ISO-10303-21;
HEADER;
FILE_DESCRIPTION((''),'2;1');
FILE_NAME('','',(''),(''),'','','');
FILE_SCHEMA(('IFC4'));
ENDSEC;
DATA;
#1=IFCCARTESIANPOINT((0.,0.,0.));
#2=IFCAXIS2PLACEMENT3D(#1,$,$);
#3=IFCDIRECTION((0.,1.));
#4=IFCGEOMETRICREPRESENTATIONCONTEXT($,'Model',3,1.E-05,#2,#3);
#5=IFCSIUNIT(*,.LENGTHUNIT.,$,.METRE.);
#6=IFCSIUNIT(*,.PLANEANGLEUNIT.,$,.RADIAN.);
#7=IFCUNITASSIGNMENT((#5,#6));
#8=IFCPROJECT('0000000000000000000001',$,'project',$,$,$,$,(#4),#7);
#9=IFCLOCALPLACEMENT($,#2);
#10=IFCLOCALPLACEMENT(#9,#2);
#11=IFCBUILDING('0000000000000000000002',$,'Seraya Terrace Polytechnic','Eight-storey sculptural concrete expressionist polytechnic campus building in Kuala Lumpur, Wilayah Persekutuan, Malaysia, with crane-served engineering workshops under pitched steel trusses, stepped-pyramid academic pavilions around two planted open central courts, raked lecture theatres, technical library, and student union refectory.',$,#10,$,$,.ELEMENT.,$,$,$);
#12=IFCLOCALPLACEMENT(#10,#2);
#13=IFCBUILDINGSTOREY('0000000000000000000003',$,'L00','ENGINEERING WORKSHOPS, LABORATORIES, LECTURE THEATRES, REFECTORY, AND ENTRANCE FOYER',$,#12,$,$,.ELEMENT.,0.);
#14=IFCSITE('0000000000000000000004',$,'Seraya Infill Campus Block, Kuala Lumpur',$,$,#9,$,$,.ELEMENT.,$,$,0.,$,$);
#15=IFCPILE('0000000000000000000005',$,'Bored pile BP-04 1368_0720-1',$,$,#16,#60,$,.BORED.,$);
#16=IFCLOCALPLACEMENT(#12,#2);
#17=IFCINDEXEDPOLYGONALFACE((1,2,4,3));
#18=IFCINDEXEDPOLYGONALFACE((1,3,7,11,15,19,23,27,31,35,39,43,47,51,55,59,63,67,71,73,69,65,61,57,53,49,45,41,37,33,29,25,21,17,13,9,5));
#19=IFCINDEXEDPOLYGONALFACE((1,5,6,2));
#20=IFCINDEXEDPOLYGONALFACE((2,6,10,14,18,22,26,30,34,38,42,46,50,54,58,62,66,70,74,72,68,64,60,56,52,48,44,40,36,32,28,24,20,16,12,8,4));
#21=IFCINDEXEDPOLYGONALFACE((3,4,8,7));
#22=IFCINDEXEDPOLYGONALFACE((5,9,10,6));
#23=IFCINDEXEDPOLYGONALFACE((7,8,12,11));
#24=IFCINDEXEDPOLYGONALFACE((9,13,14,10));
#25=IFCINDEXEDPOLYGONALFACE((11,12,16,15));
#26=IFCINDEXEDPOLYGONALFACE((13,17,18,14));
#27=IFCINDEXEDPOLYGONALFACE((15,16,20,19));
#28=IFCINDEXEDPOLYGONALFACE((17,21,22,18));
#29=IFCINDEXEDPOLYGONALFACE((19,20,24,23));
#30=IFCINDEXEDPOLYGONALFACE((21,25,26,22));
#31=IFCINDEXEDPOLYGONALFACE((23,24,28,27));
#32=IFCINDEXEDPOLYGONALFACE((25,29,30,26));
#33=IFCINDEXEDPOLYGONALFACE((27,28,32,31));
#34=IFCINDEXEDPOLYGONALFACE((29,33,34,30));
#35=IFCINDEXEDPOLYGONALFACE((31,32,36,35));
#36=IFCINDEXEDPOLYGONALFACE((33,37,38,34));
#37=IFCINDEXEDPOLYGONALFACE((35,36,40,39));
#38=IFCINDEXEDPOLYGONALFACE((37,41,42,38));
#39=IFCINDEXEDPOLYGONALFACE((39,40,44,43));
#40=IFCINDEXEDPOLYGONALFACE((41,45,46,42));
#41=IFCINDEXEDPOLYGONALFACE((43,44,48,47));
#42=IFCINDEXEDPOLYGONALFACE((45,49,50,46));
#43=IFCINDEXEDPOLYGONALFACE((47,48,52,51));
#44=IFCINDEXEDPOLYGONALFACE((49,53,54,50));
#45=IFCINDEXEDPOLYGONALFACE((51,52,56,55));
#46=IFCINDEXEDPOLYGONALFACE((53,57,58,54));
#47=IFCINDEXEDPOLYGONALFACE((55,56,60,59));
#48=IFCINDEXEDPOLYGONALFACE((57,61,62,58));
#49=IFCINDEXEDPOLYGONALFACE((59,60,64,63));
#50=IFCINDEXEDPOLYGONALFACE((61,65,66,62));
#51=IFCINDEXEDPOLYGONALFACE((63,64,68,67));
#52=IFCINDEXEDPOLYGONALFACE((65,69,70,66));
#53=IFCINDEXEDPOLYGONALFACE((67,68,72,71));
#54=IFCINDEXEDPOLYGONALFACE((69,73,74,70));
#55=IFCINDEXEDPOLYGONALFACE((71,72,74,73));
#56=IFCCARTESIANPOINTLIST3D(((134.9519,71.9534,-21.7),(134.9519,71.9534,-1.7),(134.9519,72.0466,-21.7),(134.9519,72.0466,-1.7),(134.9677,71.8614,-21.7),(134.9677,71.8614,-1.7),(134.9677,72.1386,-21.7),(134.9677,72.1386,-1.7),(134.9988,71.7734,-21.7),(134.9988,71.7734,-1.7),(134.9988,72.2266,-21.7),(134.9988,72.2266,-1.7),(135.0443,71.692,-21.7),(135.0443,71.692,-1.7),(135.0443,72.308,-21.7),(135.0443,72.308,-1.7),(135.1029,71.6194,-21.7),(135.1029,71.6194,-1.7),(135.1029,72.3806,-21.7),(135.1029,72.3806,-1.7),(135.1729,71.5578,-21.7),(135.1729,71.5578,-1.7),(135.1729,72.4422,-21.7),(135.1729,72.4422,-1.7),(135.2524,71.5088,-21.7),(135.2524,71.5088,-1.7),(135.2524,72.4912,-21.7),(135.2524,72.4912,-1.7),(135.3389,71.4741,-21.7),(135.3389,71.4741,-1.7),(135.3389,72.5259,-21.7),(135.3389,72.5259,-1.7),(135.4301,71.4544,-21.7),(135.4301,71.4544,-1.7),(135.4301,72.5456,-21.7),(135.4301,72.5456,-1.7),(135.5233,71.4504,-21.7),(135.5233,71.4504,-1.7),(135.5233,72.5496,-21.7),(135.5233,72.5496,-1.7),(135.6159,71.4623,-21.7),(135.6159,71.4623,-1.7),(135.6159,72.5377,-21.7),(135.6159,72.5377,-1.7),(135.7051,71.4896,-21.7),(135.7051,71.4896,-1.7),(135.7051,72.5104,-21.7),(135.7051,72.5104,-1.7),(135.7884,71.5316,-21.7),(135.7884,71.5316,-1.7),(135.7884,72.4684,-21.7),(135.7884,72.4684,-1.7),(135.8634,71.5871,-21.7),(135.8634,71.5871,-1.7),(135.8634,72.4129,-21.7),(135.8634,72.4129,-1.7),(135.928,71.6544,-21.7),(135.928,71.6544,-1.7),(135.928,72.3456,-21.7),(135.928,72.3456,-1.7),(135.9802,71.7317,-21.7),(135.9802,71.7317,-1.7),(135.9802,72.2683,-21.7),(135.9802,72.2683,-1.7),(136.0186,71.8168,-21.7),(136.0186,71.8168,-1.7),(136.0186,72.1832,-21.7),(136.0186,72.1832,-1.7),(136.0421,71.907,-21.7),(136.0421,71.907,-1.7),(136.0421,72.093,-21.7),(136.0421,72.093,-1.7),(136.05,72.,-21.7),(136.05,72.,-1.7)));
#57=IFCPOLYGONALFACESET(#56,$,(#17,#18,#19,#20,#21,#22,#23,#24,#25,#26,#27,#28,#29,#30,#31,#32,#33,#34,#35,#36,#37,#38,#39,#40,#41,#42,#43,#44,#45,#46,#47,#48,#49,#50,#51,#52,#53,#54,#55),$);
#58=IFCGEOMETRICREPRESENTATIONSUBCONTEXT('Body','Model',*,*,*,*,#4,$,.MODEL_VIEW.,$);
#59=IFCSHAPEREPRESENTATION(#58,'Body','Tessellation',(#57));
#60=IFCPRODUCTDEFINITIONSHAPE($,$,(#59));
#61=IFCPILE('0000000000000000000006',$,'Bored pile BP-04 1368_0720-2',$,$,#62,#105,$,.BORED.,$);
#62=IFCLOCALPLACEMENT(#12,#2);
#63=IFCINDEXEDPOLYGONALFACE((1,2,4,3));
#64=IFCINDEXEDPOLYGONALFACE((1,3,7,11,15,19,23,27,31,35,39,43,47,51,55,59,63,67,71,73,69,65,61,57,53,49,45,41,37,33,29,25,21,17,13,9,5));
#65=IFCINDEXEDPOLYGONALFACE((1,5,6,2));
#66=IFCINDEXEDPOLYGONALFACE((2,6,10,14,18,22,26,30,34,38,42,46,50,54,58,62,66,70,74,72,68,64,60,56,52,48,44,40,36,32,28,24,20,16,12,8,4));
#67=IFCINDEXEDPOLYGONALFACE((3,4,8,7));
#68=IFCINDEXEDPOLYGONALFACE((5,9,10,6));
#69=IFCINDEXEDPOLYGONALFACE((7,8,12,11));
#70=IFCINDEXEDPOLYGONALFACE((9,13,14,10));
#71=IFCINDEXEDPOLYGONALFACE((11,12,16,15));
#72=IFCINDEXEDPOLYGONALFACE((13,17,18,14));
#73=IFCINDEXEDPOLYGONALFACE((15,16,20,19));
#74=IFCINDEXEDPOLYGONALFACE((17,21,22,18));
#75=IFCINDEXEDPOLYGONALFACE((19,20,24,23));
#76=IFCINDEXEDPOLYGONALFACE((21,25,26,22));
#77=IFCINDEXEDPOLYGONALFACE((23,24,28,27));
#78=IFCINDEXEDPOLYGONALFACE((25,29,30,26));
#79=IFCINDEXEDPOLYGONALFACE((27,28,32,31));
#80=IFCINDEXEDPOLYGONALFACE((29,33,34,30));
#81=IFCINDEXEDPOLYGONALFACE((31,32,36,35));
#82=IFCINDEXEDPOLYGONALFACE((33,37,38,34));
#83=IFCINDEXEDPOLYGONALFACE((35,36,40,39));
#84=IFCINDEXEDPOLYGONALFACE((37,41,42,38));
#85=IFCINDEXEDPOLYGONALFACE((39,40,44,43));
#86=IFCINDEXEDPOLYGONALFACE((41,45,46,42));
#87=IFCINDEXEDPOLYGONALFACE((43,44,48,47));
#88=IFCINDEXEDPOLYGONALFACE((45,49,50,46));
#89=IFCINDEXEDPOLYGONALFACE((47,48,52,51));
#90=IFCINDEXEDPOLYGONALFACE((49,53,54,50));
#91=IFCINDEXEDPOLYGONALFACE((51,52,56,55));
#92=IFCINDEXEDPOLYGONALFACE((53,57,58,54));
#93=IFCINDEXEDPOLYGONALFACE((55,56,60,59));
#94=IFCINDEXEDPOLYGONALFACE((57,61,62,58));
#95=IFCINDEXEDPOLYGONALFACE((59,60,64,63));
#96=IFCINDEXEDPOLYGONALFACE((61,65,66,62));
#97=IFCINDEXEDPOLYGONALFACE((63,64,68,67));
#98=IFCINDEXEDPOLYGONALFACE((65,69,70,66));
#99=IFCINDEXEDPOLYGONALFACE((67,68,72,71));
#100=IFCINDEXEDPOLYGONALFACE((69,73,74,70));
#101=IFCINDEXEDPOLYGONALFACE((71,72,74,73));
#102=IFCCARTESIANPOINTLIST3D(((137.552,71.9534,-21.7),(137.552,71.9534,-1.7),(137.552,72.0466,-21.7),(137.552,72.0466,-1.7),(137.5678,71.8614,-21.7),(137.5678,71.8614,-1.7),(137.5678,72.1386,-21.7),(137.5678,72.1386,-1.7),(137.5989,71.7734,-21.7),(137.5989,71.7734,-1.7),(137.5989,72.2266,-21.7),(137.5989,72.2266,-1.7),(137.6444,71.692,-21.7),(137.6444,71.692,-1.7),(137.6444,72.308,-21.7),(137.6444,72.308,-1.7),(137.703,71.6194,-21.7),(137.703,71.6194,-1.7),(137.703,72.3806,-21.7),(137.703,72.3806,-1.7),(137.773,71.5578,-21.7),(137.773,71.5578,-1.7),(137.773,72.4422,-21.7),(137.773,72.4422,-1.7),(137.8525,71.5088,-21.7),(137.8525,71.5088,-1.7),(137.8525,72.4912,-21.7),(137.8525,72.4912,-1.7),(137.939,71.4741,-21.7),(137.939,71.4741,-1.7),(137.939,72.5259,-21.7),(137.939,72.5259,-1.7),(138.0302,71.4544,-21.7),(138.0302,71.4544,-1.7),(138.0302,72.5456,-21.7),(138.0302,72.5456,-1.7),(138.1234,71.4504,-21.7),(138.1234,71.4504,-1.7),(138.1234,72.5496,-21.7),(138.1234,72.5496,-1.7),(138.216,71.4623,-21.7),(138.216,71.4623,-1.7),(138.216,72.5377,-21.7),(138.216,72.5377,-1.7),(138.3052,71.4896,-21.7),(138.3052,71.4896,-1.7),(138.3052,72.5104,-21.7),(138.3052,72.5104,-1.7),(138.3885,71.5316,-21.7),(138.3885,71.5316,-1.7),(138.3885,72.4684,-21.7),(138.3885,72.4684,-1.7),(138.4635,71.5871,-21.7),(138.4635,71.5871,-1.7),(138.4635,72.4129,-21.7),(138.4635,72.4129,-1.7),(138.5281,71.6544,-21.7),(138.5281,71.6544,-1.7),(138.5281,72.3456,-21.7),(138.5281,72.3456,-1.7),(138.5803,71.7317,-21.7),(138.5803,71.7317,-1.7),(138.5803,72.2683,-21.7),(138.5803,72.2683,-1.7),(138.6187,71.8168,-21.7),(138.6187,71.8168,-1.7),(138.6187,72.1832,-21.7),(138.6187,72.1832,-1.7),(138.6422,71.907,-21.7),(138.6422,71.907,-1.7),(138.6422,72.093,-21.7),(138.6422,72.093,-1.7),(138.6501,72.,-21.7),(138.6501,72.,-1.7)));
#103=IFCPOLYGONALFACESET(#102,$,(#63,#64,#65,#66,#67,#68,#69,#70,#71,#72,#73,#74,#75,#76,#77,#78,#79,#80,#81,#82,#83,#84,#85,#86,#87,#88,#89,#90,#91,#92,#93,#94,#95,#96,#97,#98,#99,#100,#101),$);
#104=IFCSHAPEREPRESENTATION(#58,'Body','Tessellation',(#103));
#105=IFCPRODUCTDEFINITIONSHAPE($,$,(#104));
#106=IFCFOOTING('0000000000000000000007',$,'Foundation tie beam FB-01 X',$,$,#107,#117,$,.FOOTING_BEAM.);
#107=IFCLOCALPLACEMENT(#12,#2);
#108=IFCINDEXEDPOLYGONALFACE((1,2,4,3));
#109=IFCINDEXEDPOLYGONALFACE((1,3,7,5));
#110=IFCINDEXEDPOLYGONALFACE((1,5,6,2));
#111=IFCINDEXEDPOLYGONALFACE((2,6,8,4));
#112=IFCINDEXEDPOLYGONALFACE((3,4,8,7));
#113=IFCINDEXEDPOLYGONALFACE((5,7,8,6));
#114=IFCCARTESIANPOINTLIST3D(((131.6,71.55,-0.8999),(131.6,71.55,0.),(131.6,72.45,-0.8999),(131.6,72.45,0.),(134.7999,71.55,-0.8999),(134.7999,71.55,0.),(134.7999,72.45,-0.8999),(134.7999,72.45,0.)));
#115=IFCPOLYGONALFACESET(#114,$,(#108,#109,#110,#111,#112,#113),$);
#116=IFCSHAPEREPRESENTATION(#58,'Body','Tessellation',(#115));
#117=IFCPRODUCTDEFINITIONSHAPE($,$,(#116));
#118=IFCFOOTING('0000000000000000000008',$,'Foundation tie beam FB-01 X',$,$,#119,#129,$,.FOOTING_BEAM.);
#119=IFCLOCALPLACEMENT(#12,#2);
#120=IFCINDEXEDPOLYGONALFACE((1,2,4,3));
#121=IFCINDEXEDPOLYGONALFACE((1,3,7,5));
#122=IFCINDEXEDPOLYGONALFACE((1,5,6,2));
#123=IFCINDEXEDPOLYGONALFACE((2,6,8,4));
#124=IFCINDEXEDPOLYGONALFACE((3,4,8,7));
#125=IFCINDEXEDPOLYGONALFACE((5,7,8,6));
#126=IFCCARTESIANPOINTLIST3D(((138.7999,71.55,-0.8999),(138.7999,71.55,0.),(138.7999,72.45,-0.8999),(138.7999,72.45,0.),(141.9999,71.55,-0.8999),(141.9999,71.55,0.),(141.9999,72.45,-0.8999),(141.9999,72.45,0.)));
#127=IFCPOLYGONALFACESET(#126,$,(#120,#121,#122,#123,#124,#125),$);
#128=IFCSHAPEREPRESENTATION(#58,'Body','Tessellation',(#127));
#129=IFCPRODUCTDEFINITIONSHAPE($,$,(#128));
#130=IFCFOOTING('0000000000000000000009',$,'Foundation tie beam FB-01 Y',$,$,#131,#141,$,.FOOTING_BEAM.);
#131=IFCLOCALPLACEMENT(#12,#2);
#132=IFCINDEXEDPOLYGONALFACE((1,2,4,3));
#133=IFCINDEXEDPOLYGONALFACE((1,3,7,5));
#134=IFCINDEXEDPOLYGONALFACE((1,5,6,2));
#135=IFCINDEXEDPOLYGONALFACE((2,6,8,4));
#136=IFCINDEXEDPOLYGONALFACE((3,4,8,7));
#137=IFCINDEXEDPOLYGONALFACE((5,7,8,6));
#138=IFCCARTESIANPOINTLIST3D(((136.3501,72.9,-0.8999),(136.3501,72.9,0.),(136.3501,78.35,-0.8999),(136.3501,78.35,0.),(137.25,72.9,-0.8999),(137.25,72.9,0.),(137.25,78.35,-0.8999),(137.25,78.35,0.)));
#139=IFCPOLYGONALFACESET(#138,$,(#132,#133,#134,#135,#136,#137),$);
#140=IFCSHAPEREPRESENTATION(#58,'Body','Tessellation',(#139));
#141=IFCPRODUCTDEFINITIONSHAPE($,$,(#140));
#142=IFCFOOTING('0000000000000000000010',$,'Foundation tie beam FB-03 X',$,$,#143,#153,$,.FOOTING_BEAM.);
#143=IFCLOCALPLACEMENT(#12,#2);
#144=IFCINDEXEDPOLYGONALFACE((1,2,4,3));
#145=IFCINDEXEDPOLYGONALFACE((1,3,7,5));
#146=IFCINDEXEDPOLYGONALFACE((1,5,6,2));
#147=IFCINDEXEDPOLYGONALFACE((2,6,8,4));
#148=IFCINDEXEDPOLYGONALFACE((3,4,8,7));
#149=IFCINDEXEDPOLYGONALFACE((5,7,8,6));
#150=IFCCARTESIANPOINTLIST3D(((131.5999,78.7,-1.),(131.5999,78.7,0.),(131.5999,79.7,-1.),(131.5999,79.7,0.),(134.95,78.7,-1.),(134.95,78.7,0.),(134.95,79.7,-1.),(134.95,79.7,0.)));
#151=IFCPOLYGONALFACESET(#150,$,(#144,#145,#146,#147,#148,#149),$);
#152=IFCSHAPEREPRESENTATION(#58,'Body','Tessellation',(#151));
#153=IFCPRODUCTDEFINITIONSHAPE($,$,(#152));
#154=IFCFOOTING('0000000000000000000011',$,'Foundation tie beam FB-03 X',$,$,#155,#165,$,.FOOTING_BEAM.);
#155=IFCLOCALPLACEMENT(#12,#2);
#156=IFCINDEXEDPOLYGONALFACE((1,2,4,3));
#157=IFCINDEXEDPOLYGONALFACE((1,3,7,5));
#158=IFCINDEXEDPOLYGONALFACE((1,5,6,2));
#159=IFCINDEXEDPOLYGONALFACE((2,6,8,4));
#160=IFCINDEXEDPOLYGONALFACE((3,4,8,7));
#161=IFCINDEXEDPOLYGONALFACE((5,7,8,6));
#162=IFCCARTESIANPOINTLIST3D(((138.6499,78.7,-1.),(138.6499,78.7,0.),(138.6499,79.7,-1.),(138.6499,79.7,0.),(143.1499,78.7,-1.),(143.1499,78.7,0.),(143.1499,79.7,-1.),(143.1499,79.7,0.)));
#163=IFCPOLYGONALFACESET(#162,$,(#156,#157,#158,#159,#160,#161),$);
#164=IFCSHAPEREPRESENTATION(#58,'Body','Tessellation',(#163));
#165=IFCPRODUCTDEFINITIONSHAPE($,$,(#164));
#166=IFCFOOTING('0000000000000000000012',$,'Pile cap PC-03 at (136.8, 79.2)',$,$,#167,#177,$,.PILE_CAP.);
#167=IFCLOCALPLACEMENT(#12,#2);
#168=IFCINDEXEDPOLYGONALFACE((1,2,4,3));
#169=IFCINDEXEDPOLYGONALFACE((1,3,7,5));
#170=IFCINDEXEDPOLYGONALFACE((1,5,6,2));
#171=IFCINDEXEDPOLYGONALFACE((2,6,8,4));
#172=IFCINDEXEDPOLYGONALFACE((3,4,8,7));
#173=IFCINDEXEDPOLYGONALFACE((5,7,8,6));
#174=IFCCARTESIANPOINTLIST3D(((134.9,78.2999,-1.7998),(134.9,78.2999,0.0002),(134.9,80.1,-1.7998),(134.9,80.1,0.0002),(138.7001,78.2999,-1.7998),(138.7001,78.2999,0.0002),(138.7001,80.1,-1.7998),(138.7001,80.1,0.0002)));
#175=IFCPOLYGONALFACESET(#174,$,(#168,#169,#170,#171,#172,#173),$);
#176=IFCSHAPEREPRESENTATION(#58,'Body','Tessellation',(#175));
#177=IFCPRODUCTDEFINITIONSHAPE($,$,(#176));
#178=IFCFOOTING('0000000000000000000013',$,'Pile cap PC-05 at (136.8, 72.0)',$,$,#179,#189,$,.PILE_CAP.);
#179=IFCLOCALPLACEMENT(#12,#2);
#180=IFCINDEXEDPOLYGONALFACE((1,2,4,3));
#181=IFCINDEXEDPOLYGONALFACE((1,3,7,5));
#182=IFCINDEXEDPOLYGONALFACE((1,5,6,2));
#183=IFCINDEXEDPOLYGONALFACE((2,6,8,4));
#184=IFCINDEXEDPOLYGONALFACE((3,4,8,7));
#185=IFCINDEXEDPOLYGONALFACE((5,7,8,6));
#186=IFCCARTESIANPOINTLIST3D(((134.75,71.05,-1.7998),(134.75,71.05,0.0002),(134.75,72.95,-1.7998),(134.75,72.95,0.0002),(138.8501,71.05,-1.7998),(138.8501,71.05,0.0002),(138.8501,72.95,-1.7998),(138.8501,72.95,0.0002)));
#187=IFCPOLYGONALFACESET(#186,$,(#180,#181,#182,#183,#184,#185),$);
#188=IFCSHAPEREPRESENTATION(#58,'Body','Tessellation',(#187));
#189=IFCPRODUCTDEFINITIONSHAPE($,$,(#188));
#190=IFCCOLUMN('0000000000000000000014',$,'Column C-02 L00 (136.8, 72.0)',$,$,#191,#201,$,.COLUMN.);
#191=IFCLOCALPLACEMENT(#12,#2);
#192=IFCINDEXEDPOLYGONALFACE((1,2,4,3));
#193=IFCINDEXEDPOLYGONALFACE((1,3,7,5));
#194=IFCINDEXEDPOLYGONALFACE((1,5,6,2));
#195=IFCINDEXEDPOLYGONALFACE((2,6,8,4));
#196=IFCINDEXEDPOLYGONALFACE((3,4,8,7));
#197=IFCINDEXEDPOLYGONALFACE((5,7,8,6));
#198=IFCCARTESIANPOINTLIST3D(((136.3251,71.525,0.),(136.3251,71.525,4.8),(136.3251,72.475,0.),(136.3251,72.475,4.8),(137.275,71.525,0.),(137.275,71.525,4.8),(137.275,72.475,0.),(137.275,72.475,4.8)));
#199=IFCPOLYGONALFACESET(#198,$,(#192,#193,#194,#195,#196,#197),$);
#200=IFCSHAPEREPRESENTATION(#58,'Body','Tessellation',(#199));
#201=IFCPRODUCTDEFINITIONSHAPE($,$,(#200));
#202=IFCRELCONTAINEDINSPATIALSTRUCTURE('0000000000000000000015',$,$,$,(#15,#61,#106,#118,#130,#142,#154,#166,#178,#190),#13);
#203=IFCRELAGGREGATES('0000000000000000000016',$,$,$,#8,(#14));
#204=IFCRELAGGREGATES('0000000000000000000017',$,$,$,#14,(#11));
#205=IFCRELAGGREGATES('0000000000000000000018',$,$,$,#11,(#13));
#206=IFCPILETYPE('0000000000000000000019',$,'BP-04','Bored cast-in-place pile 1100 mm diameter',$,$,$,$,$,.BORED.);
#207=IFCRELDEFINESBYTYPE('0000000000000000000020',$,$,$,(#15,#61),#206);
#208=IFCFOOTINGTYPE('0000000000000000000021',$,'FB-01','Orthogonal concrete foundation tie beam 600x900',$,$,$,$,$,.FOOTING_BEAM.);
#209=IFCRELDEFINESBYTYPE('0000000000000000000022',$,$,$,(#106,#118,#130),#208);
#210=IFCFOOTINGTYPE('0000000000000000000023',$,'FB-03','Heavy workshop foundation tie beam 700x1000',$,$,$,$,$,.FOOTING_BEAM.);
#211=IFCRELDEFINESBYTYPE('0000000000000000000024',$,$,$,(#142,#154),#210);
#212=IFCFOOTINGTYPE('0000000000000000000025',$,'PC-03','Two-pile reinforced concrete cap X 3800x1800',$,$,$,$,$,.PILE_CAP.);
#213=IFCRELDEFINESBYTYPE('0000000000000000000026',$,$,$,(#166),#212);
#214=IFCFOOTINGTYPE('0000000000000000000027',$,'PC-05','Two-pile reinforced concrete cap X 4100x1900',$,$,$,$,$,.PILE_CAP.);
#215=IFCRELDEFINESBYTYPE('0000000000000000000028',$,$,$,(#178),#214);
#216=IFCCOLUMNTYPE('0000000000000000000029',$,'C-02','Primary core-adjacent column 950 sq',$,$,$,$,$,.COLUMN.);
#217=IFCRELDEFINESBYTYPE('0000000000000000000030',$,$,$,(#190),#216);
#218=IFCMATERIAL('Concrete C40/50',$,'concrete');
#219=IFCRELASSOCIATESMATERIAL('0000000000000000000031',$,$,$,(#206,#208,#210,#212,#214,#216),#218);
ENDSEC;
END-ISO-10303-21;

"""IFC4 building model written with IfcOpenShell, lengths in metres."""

from ifc_helpers import new_model, si_unit, direction, frame, origin, origin_2d, place, context, subcontext, project, spatial, rectangle, circle, extrude, material, material_profile, profile_set, type_object, element, save


model = new_model("IFC4")

# Units and contexts
model_context = context("Model", 3, precision=1e-05, world=origin(), true_north=direction((0.0, 1.0)))
body_context = subcontext(model_context, "Body", "Model", "MODEL_VIEW")
ifc_project = project(units=[si_unit("LENGTHUNIT", "METRE"), si_unit("PLANEANGLEUNIT", "RADIAN")], contexts=[model_context])

# Site, building, storey
site_placement = place(None, origin())
site = spatial("IfcSite", under=ifc_project, at=site_placement, Name="Seraya Infill Campus Block, Kuala Lumpur", CompositionType="ELEMENT", RefElevation=0.0)
building_placement = place(site_placement, origin())
building = spatial("IfcBuilding", under=site, at=building_placement, Name="Seraya Terrace Polytechnic", Description="Eight-storey sculptural concrete expressionist polytechnic campus building in Kuala Lumpur, Wilayah Persekutuan, Malaysia, with crane-served engineering workshops under pitched steel trusses, stepped-pyramid academic pavilions around two planted open central courts, raked lecture theatres, technical library, and student union refectory.", CompositionType="ELEMENT")
storey_placement = place(building_placement, origin())
storey = spatial("IfcBuildingStorey", under=building, at=storey_placement, Name="L00", Description="ENGINEERING WORKSHOPS, LABORATORIES, LECTURE THEATRES, REFECTORY, AND ENTRANCE FOYER", CompositionType="ELEMENT", Elevation=0.0)

# Piles
ifc_material_1 = material(Name="Concrete C40/50", Category="concrete")
ifc_material_profile_1 = material_profile(ifc_material_1, circle(Radius=0.55, at=origin_2d()), Name="DIA 1100")
ifc_profile_set_1 = profile_set([ifc_material_profile_1], Name="Concrete C40/50")
pile_type_1 = type_object("IfcPileType", Name="BP-04", Description="Bored cast-in-place pile 1100 mm diameter", PredefinedType="BORED", material=ifc_profile_set_1)
for number, where, z_axis, x_axis, name in (
    (1, (135.5, 72.0, -1.7), (0.0, 0.0, -1.0), (1.0, 0.0, 0.0), "Bored pile BP-04 1368_0720-1"),
    (2, (138.1001, 72.0, -1.7), (0.0, 0.0, -1.0), (1.0, 0.0, 0.0), "Bored pile BP-04 1368_0720-2"),
):
    element("IfcPile", number, at=place(storey_placement, frame(where, z_axis=z_axis, x_axis=x_axis)), inside=storey, type_object=pile_type_1, Name=name, PredefinedType="BORED", context=body_context, shape_type="SweptSolid", body=[
        extrude(circle(Radius=0.55, at=origin_2d()), origin(), (0.0, 0.0, 1.0), 20.0),
    ])

# Footings
footing_type_1 = type_object("IfcFootingType", Name="FB-01", Description="Orthogonal concrete foundation tie beam 600x900", PredefinedType="FOOTING_BEAM", material=ifc_material_1)
for number, where, z_axis, x_axis, name in (
    (3, (133.2, 72.0, -0.8999), (0.0, 0.0, 1.0), (1.0, 0.0, 0.0), "Foundation tie beam FB-01 X"),
    (4, (140.3999, 72.0, -0.8999), (0.0, 0.0, 1.0), (1.0, 0.0, 0.0), "Foundation tie beam FB-01 X"),
):
    element("IfcFooting", number, at=place(storey_placement, frame(where, z_axis=z_axis, x_axis=x_axis)), inside=storey, type_object=footing_type_1, Name=name, PredefinedType="FOOTING_BEAM", context=body_context, shape_type="SweptSolid", body=[
        extrude(rectangle(XDim=3.2, YDim=0.8999, at=origin_2d()), origin(), (0.0, 0.0, 1.0), 0.8999),
    ])
footing_1_placement = place(storey_placement, frame((136.8, 75.625, -0.8999), z_axis=(0.0, 0.0, 1.0), x_axis=(0.0, 1.0, 0.0)))
element("IfcFooting", 5, at=footing_1_placement, inside=storey, type_object=footing_type_1, Name="Foundation tie beam FB-01 Y", PredefinedType="FOOTING_BEAM", context=body_context, shape_type="SweptSolid", body=[
    extrude(rectangle(XDim=5.45, YDim=0.8999, at=origin_2d()), origin(), (0.0, 0.0, 1.0), 0.8999),
])
footing_type_2 = type_object("IfcFootingType", Name="FB-03", Description="Heavy workshop foundation tie beam 700x1000", PredefinedType="FOOTING_BEAM", material=ifc_material_1)
footing_2_placement = place(storey_placement, frame((133.2749, 79.2, -1.0), z_axis=(0.0, 0.0, 1.0), x_axis=(1.0, 0.0, 0.0)))
element("IfcFooting", 6, at=footing_2_placement, inside=storey, type_object=footing_type_2, Name="Foundation tie beam FB-03 X", PredefinedType="FOOTING_BEAM", context=body_context, shape_type="SweptSolid", body=[
    extrude(rectangle(XDim=3.3501, YDim=1.0, at=origin_2d()), origin(), (0.0, 0.0, 1.0), 1.0),
])
footing_3_placement = place(storey_placement, frame((140.8999, 79.2, -1.0), z_axis=(0.0, 0.0, 1.0), x_axis=(1.0, 0.0, 0.0)))
element("IfcFooting", 7, at=footing_3_placement, inside=storey, type_object=footing_type_2, Name="Foundation tie beam FB-03 X", PredefinedType="FOOTING_BEAM", context=body_context, shape_type="SweptSolid", body=[
    extrude(rectangle(XDim=4.5, YDim=1.0, at=origin_2d()), origin(), (0.0, 0.0, 1.0), 1.0),
])
footing_type_3 = type_object("IfcFootingType", Name="PC-03", Description="Two-pile reinforced concrete cap X 3800x1800", PredefinedType="PILE_CAP", material=ifc_material_1)
footing_4_placement = place(storey_placement, frame((136.8, 79.2, -1.7998), z_axis=(0.0, 0.0, 1.0), x_axis=(1.0, 0.0, 0.0)))
element("IfcFooting", 8, at=footing_4_placement, inside=storey, type_object=footing_type_3, Name="Pile cap PC-03 at (136.8, 79.2)", PredefinedType="PILE_CAP", context=body_context, shape_type="SweptSolid", body=[
    extrude(rectangle(XDim=3.8, YDim=1.8, at=origin_2d()), origin(), (0.0, 0.0, 1.0), 1.8),
])
footing_type_4 = type_object("IfcFootingType", Name="PC-05", Description="Two-pile reinforced concrete cap X 4100x1900", PredefinedType="PILE_CAP", material=ifc_material_1)
footing_5_placement = place(storey_placement, frame((136.8, 72.0, -1.7998), z_axis=(0.0, 0.0, 1.0), x_axis=(1.0, 0.0, 0.0)))
element("IfcFooting", 9, at=footing_5_placement, inside=storey, type_object=footing_type_4, Name="Pile cap PC-05 at (136.8, 72.0)", PredefinedType="PILE_CAP", context=body_context, shape_type="SweptSolid", body=[
    extrude(rectangle(XDim=4.1001, YDim=1.8999, at=origin_2d()), origin(), (0.0, 0.0, 1.0), 1.8),
])

# Column
ifc_material_profile_2 = material_profile(ifc_material_1, rectangle(XDim=0.95, YDim=0.95, at=origin_2d()), Name="RC 950x950")
ifc_profile_set_2 = profile_set([ifc_material_profile_2], Name="Concrete C40/50")
column_type_1 = type_object("IfcColumnType", Name="C-02", Description="Primary core-adjacent column 950 sq", PredefinedType="COLUMN", material=ifc_profile_set_2)
column_1_placement = place(storey_placement, frame((136.8, 72.0, 0.0), z_axis=(0.0, 0.0, 1.0), x_axis=(1.0, 0.0, 0.0)))
element("IfcColumn", 10, at=column_1_placement, inside=storey, type_object=column_type_1, Name="Column C-02 L00 (136.8, 72.0)", PredefinedType="COLUMN", context=body_context, shape_type="SweptSolid", body=[
    extrude(rectangle(XDim=0.95, YDim=0.95, at=origin_2d()), origin(), (0.0, 0.0, 1.0), 4.8),
])

save(model, "model.ifc")
